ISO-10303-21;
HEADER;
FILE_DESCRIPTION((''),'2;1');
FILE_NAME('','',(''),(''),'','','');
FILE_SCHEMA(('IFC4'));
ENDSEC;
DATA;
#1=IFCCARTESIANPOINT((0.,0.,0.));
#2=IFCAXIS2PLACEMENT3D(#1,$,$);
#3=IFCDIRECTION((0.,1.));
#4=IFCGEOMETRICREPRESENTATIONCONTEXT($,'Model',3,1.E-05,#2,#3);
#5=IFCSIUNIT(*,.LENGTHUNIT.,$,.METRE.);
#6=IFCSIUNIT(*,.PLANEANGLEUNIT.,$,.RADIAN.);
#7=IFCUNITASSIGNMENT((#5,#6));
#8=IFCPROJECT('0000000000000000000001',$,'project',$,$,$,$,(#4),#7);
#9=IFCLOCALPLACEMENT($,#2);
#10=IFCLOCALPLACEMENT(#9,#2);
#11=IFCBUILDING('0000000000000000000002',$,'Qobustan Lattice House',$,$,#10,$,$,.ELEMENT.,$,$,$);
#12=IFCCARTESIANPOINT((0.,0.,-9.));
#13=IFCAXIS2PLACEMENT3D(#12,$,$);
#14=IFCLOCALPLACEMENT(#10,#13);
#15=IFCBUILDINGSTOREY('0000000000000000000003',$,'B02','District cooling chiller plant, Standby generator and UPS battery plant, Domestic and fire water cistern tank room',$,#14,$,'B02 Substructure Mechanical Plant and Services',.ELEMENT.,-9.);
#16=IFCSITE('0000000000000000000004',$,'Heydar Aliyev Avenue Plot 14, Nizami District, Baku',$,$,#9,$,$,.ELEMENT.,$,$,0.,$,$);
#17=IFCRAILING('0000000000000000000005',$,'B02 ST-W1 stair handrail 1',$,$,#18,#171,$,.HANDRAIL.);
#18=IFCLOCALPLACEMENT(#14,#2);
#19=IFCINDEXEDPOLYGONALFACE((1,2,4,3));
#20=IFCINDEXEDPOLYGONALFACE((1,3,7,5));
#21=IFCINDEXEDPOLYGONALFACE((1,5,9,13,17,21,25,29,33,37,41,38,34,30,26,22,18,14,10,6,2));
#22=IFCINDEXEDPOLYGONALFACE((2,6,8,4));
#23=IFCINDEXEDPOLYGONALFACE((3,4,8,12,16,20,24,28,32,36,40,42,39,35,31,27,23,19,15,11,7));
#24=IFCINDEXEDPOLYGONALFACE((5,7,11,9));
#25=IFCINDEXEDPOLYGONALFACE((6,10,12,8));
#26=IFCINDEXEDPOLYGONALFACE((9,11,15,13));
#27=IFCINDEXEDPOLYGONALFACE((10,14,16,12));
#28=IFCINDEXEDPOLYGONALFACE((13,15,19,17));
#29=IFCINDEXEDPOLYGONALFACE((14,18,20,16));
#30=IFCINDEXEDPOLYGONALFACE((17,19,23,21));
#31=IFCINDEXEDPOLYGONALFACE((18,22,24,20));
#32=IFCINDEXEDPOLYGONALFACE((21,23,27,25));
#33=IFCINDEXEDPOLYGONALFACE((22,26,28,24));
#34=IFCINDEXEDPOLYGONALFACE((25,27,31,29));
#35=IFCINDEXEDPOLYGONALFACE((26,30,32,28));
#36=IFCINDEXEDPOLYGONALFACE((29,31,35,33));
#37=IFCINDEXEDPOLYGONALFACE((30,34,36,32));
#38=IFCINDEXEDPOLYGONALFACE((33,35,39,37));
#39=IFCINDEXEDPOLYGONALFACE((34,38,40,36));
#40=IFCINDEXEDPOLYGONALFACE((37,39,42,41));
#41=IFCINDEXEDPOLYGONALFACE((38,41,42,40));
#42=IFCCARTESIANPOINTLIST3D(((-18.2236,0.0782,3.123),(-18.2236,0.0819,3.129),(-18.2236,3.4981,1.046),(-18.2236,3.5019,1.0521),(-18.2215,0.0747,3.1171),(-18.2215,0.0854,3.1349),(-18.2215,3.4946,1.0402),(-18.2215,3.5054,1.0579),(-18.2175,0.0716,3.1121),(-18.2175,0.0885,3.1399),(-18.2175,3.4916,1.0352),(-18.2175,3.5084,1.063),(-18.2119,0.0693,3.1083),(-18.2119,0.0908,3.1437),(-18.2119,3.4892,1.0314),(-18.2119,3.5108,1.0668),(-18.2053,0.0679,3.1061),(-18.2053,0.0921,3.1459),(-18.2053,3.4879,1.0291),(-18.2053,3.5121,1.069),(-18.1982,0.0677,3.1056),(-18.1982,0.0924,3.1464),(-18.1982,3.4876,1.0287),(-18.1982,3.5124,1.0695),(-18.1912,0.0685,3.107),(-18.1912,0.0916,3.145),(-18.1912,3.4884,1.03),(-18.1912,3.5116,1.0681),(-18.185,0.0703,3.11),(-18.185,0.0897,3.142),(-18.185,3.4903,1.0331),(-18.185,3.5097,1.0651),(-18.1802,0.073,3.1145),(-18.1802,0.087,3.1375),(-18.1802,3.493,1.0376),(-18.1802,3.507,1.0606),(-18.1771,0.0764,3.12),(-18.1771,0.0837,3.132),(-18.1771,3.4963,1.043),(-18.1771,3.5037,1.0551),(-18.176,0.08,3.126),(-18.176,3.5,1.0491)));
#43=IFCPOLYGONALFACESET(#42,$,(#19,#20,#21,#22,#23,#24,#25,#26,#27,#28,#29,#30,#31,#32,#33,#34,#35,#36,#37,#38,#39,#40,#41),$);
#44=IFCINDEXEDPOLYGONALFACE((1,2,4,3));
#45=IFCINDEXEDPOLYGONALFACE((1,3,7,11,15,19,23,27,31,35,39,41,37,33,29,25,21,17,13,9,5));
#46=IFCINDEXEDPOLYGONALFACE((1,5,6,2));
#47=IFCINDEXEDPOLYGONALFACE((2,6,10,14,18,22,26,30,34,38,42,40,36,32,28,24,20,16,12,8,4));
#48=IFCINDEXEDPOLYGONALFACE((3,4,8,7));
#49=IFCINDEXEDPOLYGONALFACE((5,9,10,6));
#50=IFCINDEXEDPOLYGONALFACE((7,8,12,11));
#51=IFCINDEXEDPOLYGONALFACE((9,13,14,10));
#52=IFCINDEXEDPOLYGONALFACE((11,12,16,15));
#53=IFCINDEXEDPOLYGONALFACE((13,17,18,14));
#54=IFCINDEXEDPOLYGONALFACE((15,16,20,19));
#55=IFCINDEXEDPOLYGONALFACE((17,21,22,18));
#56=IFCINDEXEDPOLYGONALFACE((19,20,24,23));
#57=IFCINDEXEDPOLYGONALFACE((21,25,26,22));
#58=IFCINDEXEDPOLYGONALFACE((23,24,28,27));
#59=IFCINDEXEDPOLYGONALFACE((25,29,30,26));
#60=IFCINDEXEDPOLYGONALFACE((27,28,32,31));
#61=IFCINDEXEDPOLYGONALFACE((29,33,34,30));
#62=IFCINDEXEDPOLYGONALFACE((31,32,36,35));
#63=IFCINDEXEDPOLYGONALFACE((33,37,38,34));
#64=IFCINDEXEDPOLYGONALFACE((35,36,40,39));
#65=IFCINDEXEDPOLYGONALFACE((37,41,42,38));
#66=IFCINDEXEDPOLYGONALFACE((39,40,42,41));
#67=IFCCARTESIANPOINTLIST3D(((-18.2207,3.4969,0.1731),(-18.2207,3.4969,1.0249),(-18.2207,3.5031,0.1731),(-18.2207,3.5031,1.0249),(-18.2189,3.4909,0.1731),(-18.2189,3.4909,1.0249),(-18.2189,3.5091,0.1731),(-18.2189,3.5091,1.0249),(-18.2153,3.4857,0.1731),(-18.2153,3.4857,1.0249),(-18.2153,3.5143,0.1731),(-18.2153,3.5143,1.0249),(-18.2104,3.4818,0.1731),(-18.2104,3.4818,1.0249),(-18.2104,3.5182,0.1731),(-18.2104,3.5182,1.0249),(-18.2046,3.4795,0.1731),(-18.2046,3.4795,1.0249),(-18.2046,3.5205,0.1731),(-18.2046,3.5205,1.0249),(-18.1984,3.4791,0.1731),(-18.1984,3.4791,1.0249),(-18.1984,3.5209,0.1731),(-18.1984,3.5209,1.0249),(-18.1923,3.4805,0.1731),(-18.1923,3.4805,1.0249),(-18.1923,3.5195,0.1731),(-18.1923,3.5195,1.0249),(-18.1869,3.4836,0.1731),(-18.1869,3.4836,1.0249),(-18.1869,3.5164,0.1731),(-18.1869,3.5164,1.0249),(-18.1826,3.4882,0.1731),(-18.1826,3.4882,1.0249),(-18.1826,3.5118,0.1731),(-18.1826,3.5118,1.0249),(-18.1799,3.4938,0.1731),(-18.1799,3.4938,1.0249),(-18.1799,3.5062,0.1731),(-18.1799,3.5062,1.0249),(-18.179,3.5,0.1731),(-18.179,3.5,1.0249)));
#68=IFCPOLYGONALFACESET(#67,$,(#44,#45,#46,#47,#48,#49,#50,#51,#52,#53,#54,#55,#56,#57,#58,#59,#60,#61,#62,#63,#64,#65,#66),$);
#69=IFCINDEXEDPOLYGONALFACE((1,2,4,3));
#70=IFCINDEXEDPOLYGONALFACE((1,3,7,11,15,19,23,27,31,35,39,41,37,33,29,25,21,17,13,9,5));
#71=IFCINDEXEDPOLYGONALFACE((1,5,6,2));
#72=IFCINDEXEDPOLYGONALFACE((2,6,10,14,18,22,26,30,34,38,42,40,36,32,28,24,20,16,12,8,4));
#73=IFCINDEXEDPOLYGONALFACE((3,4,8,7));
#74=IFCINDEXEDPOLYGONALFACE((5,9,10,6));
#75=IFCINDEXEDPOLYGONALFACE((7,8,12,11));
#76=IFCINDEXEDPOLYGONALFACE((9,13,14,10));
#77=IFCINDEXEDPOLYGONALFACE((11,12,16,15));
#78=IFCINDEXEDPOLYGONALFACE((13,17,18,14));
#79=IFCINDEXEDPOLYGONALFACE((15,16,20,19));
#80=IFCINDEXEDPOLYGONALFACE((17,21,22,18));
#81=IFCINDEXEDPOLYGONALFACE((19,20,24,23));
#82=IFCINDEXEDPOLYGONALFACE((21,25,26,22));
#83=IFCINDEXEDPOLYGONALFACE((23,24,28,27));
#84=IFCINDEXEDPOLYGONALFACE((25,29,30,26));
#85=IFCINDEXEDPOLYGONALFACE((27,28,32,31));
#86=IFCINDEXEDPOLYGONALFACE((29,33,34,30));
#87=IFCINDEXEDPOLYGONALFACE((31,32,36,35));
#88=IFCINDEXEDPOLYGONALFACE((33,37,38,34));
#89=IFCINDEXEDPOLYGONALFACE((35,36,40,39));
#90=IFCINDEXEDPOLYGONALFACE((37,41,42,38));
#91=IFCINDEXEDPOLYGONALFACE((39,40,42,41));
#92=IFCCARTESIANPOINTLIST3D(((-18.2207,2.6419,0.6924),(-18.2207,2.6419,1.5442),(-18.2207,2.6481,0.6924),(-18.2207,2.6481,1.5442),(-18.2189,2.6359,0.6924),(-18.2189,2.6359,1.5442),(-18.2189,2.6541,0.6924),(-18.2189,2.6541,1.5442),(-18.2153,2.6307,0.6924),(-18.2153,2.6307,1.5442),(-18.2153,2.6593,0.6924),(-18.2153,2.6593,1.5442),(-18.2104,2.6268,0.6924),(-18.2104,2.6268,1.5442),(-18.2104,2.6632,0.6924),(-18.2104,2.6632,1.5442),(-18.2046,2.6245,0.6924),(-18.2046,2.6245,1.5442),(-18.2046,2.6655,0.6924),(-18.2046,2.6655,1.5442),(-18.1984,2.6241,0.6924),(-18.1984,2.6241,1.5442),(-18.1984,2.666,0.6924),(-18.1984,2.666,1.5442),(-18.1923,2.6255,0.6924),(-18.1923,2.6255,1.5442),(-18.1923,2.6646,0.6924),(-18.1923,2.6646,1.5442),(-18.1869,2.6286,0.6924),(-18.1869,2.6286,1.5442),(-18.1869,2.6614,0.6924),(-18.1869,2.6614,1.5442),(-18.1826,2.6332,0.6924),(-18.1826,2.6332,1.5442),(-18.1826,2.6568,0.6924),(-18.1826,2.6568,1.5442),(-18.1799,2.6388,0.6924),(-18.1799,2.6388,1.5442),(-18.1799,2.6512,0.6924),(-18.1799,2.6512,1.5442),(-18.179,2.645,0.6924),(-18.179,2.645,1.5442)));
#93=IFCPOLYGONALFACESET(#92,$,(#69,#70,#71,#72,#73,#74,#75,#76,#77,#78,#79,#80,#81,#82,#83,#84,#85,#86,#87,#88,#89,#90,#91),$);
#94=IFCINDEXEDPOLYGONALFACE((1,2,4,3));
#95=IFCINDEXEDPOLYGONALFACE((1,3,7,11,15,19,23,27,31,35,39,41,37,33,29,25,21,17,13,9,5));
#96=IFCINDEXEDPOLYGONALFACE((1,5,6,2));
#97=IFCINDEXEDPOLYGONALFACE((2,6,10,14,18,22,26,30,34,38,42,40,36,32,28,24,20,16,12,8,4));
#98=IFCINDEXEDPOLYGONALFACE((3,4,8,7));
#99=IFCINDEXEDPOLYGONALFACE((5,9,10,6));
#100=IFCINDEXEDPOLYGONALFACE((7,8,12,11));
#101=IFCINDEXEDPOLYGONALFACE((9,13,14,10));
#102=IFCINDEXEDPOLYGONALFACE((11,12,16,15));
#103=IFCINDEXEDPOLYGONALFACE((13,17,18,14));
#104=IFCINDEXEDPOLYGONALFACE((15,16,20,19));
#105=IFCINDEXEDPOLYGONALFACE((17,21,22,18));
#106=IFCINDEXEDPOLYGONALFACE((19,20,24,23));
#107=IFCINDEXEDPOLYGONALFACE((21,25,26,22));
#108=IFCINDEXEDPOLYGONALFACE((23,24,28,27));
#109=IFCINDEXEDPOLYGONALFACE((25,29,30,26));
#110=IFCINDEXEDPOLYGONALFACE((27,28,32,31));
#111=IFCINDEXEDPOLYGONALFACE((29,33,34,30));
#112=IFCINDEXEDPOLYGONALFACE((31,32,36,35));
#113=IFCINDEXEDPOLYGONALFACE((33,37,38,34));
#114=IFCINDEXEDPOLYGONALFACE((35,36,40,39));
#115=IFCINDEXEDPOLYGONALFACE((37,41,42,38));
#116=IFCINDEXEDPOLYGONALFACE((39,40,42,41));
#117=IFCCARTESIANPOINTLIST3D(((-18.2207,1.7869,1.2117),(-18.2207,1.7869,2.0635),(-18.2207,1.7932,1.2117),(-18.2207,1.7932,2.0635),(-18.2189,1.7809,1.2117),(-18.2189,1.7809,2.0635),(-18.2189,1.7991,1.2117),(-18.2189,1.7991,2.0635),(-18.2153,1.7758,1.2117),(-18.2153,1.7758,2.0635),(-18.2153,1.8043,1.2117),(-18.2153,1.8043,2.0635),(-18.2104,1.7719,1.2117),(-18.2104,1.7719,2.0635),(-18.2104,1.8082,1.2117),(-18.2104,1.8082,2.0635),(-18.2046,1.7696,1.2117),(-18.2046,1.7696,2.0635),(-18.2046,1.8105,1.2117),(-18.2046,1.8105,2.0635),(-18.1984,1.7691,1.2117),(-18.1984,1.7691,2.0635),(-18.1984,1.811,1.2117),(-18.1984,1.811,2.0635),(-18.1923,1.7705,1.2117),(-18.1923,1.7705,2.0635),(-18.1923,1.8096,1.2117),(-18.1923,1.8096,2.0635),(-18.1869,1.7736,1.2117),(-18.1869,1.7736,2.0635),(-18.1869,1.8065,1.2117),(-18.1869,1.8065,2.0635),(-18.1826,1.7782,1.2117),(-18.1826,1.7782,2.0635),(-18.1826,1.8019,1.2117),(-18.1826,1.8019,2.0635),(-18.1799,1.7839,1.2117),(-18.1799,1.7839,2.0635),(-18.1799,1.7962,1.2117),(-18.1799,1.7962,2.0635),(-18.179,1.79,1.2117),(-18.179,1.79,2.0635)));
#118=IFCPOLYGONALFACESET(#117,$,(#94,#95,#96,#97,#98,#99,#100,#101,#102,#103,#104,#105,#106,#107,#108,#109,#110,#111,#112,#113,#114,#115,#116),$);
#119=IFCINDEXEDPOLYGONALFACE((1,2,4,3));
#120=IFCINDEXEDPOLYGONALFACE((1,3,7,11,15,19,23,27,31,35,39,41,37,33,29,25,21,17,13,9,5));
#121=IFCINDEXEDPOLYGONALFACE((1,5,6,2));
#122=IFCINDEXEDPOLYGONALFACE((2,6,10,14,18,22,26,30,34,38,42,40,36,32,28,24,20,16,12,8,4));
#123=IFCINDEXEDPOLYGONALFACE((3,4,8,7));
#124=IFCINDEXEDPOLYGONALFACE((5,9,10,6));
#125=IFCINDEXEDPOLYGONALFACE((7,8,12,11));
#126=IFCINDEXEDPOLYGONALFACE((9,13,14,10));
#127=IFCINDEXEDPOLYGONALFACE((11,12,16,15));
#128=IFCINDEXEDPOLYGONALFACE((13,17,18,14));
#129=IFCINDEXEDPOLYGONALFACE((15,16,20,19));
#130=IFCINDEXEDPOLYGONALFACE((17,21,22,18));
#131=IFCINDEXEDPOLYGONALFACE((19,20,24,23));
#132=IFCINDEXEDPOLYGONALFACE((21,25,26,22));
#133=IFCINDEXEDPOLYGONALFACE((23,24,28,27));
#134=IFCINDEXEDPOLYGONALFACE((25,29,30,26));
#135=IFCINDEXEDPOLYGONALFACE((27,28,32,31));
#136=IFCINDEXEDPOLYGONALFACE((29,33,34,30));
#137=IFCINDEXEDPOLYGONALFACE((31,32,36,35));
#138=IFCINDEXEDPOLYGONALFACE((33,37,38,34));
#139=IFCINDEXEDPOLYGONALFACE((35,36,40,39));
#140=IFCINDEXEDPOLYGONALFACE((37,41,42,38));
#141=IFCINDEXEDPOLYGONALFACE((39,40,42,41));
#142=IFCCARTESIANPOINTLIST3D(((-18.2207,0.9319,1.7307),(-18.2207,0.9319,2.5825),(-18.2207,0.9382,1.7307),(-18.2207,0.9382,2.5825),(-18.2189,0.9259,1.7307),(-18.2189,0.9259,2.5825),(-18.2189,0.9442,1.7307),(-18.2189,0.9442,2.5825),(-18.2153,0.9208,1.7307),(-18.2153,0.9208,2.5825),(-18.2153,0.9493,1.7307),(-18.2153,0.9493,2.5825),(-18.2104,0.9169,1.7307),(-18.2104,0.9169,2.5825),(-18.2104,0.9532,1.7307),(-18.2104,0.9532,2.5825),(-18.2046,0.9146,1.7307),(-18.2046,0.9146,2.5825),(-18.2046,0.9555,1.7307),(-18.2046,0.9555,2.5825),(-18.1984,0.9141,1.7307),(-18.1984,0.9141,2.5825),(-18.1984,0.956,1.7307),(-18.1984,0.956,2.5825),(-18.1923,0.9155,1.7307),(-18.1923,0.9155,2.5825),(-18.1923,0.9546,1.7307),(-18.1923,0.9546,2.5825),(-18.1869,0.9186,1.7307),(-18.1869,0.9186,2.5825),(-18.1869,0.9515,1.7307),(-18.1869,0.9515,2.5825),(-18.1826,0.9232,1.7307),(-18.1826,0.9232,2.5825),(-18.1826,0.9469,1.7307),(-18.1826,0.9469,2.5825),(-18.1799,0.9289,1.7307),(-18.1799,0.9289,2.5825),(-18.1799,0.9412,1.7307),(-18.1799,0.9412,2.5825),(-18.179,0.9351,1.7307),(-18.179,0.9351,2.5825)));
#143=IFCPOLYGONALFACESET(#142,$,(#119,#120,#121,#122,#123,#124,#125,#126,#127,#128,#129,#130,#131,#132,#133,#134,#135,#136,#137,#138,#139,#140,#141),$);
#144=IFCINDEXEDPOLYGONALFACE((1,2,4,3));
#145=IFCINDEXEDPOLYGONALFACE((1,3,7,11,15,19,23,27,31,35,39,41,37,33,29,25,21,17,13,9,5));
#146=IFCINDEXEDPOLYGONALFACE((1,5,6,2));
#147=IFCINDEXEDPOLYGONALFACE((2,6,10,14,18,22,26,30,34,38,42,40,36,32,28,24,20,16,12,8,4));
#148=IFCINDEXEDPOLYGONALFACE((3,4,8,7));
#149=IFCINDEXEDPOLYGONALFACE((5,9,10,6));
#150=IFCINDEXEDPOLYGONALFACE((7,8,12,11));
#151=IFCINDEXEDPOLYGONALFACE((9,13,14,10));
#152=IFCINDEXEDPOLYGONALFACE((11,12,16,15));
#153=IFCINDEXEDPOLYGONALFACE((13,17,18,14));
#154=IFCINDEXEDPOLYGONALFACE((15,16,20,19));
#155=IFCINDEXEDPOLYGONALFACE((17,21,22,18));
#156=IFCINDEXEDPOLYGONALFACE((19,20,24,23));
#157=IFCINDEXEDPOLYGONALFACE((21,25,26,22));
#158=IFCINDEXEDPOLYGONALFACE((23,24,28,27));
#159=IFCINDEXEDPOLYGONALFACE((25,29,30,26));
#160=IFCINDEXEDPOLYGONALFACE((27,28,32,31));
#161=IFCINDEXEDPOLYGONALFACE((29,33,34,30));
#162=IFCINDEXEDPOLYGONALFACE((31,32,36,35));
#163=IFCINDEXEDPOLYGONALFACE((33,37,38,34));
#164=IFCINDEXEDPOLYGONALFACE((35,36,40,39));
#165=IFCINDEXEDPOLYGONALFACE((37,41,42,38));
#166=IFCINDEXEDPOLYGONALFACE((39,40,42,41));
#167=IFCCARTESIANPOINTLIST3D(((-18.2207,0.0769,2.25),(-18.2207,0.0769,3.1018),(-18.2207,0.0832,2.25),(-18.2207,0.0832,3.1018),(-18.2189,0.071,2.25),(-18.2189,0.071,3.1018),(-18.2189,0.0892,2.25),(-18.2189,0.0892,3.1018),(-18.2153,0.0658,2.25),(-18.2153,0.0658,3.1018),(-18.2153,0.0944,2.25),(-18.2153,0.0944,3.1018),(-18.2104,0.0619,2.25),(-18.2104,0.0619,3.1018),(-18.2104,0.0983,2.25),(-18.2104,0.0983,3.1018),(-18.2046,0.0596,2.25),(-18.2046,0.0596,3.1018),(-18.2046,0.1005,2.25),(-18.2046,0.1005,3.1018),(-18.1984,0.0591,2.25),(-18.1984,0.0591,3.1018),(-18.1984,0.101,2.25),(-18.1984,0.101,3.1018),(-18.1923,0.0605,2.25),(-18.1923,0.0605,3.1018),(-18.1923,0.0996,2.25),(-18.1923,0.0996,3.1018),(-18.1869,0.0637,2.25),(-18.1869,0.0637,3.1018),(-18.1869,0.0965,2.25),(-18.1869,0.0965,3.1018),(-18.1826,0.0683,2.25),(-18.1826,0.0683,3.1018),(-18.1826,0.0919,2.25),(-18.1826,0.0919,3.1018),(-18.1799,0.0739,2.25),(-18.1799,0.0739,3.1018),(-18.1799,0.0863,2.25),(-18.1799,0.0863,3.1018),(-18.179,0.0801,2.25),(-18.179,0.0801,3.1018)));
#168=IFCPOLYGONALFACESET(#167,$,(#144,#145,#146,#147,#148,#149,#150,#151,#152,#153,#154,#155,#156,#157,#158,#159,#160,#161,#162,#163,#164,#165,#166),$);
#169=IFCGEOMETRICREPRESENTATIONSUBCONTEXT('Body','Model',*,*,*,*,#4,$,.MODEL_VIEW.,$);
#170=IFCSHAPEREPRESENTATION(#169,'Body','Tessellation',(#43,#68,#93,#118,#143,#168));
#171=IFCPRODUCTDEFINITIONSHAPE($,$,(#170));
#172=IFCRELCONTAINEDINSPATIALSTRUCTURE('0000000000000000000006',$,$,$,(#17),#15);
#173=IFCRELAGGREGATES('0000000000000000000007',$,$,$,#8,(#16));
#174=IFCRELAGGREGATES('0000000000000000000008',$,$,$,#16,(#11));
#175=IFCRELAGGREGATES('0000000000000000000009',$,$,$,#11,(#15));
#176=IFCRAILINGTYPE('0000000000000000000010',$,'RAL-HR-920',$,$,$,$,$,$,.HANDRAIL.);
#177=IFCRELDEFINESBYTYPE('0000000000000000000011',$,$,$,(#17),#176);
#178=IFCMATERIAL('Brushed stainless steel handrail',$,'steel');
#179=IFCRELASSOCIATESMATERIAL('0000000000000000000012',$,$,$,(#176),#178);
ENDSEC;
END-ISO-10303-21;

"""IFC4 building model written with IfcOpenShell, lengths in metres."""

from ifc_helpers import new_model, si_unit, direction, frame, origin, origin_2d, place, context, subcontext, project, spatial, circle, extrude, material, type_object, element, save


model = new_model("IFC4")

# Units and contexts
model_context = context("Model", 3, precision=1e-05, world=origin(), true_north=direction((0.0, 1.0)))
body_context = subcontext(model_context, "Body", "Model", "MODEL_VIEW")
ifc_project = project(units=[si_unit("LENGTHUNIT", "METRE"), si_unit("PLANEANGLEUNIT", "RADIAN")], contexts=[model_context])

# Site, building, storey
site_placement = place(None, origin())
site = spatial("IfcSite", under=ifc_project, at=site_placement, Name="Heydar Aliyev Avenue Plot 14, Nizami District, Baku", CompositionType="ELEMENT", RefElevation=0.0)
building_placement = place(site_placement, origin())
building = spatial("IfcBuilding", under=site, at=building_placement, Name="Qobustan Lattice House", CompositionType="ELEMENT")
storey_placement = place(building_placement, frame((0.0, 0.0, -9.0)))
storey = spatial("IfcBuildingStorey", under=building, at=storey_placement, Name="B02", Description="District cooling chiller plant, Standby generator and UPS battery plant, Domestic and fire water cistern tank room", LongName="B02 Substructure Mechanical Plant and Services", CompositionType="ELEMENT", Elevation=-9.0)

# Railing
ifc_material_1 = material(Name="Brushed stainless steel handrail", Category="steel")
railing_type_1 = type_object("IfcRailingType", Name="RAL-HR-920", PredefinedType="HANDRAIL", material=ifc_material_1)
railing_1_placement = place(storey_placement, frame((-18.2, 3.5, 0.1731)))
element("IfcRailing", 1, at=railing_1_placement, inside=storey, type_object=railing_type_1, Name="B02 ST-W1 stair handrail 1", PredefinedType="HANDRAIL", context=body_context, shape_type="SweptSolid", body=[
    extrude(circle(Radius=0.0239, at=origin_2d()), frame((0.0, 0.0, 0.876), z_axis=(0.0, -0.85473, 0.519074), x_axis=(1.0, 0.0, 0.0)), (0.0, 0.0, 1.0), 4.0012),
    extrude(circle(Radius=0.021, at=origin_2d()), origin(), (0.0, 0.0, 1.0), 0.8518),
    extrude(circle(Radius=0.021, at=origin_2d()), frame((0.0, -0.855, 0.5193)), (0.0, 0.0, 1.0), 0.8518),
    extrude(circle(Radius=0.021, at=origin_2d()), frame((0.0, -1.71, 1.0386)), (0.0, 0.0, 1.0), 0.8518),
    extrude(circle(Radius=0.021, at=origin_2d()), frame((0.0, -2.5649, 1.5576)), (0.0, 0.0, 1.0), 0.8518),
    extrude(circle(Radius=0.021, at=origin_2d()), frame((0.0, -3.4199, 2.0769)), (0.0, 0.0, 1.0), 0.8518),
])

save(model, "model.ifc")
